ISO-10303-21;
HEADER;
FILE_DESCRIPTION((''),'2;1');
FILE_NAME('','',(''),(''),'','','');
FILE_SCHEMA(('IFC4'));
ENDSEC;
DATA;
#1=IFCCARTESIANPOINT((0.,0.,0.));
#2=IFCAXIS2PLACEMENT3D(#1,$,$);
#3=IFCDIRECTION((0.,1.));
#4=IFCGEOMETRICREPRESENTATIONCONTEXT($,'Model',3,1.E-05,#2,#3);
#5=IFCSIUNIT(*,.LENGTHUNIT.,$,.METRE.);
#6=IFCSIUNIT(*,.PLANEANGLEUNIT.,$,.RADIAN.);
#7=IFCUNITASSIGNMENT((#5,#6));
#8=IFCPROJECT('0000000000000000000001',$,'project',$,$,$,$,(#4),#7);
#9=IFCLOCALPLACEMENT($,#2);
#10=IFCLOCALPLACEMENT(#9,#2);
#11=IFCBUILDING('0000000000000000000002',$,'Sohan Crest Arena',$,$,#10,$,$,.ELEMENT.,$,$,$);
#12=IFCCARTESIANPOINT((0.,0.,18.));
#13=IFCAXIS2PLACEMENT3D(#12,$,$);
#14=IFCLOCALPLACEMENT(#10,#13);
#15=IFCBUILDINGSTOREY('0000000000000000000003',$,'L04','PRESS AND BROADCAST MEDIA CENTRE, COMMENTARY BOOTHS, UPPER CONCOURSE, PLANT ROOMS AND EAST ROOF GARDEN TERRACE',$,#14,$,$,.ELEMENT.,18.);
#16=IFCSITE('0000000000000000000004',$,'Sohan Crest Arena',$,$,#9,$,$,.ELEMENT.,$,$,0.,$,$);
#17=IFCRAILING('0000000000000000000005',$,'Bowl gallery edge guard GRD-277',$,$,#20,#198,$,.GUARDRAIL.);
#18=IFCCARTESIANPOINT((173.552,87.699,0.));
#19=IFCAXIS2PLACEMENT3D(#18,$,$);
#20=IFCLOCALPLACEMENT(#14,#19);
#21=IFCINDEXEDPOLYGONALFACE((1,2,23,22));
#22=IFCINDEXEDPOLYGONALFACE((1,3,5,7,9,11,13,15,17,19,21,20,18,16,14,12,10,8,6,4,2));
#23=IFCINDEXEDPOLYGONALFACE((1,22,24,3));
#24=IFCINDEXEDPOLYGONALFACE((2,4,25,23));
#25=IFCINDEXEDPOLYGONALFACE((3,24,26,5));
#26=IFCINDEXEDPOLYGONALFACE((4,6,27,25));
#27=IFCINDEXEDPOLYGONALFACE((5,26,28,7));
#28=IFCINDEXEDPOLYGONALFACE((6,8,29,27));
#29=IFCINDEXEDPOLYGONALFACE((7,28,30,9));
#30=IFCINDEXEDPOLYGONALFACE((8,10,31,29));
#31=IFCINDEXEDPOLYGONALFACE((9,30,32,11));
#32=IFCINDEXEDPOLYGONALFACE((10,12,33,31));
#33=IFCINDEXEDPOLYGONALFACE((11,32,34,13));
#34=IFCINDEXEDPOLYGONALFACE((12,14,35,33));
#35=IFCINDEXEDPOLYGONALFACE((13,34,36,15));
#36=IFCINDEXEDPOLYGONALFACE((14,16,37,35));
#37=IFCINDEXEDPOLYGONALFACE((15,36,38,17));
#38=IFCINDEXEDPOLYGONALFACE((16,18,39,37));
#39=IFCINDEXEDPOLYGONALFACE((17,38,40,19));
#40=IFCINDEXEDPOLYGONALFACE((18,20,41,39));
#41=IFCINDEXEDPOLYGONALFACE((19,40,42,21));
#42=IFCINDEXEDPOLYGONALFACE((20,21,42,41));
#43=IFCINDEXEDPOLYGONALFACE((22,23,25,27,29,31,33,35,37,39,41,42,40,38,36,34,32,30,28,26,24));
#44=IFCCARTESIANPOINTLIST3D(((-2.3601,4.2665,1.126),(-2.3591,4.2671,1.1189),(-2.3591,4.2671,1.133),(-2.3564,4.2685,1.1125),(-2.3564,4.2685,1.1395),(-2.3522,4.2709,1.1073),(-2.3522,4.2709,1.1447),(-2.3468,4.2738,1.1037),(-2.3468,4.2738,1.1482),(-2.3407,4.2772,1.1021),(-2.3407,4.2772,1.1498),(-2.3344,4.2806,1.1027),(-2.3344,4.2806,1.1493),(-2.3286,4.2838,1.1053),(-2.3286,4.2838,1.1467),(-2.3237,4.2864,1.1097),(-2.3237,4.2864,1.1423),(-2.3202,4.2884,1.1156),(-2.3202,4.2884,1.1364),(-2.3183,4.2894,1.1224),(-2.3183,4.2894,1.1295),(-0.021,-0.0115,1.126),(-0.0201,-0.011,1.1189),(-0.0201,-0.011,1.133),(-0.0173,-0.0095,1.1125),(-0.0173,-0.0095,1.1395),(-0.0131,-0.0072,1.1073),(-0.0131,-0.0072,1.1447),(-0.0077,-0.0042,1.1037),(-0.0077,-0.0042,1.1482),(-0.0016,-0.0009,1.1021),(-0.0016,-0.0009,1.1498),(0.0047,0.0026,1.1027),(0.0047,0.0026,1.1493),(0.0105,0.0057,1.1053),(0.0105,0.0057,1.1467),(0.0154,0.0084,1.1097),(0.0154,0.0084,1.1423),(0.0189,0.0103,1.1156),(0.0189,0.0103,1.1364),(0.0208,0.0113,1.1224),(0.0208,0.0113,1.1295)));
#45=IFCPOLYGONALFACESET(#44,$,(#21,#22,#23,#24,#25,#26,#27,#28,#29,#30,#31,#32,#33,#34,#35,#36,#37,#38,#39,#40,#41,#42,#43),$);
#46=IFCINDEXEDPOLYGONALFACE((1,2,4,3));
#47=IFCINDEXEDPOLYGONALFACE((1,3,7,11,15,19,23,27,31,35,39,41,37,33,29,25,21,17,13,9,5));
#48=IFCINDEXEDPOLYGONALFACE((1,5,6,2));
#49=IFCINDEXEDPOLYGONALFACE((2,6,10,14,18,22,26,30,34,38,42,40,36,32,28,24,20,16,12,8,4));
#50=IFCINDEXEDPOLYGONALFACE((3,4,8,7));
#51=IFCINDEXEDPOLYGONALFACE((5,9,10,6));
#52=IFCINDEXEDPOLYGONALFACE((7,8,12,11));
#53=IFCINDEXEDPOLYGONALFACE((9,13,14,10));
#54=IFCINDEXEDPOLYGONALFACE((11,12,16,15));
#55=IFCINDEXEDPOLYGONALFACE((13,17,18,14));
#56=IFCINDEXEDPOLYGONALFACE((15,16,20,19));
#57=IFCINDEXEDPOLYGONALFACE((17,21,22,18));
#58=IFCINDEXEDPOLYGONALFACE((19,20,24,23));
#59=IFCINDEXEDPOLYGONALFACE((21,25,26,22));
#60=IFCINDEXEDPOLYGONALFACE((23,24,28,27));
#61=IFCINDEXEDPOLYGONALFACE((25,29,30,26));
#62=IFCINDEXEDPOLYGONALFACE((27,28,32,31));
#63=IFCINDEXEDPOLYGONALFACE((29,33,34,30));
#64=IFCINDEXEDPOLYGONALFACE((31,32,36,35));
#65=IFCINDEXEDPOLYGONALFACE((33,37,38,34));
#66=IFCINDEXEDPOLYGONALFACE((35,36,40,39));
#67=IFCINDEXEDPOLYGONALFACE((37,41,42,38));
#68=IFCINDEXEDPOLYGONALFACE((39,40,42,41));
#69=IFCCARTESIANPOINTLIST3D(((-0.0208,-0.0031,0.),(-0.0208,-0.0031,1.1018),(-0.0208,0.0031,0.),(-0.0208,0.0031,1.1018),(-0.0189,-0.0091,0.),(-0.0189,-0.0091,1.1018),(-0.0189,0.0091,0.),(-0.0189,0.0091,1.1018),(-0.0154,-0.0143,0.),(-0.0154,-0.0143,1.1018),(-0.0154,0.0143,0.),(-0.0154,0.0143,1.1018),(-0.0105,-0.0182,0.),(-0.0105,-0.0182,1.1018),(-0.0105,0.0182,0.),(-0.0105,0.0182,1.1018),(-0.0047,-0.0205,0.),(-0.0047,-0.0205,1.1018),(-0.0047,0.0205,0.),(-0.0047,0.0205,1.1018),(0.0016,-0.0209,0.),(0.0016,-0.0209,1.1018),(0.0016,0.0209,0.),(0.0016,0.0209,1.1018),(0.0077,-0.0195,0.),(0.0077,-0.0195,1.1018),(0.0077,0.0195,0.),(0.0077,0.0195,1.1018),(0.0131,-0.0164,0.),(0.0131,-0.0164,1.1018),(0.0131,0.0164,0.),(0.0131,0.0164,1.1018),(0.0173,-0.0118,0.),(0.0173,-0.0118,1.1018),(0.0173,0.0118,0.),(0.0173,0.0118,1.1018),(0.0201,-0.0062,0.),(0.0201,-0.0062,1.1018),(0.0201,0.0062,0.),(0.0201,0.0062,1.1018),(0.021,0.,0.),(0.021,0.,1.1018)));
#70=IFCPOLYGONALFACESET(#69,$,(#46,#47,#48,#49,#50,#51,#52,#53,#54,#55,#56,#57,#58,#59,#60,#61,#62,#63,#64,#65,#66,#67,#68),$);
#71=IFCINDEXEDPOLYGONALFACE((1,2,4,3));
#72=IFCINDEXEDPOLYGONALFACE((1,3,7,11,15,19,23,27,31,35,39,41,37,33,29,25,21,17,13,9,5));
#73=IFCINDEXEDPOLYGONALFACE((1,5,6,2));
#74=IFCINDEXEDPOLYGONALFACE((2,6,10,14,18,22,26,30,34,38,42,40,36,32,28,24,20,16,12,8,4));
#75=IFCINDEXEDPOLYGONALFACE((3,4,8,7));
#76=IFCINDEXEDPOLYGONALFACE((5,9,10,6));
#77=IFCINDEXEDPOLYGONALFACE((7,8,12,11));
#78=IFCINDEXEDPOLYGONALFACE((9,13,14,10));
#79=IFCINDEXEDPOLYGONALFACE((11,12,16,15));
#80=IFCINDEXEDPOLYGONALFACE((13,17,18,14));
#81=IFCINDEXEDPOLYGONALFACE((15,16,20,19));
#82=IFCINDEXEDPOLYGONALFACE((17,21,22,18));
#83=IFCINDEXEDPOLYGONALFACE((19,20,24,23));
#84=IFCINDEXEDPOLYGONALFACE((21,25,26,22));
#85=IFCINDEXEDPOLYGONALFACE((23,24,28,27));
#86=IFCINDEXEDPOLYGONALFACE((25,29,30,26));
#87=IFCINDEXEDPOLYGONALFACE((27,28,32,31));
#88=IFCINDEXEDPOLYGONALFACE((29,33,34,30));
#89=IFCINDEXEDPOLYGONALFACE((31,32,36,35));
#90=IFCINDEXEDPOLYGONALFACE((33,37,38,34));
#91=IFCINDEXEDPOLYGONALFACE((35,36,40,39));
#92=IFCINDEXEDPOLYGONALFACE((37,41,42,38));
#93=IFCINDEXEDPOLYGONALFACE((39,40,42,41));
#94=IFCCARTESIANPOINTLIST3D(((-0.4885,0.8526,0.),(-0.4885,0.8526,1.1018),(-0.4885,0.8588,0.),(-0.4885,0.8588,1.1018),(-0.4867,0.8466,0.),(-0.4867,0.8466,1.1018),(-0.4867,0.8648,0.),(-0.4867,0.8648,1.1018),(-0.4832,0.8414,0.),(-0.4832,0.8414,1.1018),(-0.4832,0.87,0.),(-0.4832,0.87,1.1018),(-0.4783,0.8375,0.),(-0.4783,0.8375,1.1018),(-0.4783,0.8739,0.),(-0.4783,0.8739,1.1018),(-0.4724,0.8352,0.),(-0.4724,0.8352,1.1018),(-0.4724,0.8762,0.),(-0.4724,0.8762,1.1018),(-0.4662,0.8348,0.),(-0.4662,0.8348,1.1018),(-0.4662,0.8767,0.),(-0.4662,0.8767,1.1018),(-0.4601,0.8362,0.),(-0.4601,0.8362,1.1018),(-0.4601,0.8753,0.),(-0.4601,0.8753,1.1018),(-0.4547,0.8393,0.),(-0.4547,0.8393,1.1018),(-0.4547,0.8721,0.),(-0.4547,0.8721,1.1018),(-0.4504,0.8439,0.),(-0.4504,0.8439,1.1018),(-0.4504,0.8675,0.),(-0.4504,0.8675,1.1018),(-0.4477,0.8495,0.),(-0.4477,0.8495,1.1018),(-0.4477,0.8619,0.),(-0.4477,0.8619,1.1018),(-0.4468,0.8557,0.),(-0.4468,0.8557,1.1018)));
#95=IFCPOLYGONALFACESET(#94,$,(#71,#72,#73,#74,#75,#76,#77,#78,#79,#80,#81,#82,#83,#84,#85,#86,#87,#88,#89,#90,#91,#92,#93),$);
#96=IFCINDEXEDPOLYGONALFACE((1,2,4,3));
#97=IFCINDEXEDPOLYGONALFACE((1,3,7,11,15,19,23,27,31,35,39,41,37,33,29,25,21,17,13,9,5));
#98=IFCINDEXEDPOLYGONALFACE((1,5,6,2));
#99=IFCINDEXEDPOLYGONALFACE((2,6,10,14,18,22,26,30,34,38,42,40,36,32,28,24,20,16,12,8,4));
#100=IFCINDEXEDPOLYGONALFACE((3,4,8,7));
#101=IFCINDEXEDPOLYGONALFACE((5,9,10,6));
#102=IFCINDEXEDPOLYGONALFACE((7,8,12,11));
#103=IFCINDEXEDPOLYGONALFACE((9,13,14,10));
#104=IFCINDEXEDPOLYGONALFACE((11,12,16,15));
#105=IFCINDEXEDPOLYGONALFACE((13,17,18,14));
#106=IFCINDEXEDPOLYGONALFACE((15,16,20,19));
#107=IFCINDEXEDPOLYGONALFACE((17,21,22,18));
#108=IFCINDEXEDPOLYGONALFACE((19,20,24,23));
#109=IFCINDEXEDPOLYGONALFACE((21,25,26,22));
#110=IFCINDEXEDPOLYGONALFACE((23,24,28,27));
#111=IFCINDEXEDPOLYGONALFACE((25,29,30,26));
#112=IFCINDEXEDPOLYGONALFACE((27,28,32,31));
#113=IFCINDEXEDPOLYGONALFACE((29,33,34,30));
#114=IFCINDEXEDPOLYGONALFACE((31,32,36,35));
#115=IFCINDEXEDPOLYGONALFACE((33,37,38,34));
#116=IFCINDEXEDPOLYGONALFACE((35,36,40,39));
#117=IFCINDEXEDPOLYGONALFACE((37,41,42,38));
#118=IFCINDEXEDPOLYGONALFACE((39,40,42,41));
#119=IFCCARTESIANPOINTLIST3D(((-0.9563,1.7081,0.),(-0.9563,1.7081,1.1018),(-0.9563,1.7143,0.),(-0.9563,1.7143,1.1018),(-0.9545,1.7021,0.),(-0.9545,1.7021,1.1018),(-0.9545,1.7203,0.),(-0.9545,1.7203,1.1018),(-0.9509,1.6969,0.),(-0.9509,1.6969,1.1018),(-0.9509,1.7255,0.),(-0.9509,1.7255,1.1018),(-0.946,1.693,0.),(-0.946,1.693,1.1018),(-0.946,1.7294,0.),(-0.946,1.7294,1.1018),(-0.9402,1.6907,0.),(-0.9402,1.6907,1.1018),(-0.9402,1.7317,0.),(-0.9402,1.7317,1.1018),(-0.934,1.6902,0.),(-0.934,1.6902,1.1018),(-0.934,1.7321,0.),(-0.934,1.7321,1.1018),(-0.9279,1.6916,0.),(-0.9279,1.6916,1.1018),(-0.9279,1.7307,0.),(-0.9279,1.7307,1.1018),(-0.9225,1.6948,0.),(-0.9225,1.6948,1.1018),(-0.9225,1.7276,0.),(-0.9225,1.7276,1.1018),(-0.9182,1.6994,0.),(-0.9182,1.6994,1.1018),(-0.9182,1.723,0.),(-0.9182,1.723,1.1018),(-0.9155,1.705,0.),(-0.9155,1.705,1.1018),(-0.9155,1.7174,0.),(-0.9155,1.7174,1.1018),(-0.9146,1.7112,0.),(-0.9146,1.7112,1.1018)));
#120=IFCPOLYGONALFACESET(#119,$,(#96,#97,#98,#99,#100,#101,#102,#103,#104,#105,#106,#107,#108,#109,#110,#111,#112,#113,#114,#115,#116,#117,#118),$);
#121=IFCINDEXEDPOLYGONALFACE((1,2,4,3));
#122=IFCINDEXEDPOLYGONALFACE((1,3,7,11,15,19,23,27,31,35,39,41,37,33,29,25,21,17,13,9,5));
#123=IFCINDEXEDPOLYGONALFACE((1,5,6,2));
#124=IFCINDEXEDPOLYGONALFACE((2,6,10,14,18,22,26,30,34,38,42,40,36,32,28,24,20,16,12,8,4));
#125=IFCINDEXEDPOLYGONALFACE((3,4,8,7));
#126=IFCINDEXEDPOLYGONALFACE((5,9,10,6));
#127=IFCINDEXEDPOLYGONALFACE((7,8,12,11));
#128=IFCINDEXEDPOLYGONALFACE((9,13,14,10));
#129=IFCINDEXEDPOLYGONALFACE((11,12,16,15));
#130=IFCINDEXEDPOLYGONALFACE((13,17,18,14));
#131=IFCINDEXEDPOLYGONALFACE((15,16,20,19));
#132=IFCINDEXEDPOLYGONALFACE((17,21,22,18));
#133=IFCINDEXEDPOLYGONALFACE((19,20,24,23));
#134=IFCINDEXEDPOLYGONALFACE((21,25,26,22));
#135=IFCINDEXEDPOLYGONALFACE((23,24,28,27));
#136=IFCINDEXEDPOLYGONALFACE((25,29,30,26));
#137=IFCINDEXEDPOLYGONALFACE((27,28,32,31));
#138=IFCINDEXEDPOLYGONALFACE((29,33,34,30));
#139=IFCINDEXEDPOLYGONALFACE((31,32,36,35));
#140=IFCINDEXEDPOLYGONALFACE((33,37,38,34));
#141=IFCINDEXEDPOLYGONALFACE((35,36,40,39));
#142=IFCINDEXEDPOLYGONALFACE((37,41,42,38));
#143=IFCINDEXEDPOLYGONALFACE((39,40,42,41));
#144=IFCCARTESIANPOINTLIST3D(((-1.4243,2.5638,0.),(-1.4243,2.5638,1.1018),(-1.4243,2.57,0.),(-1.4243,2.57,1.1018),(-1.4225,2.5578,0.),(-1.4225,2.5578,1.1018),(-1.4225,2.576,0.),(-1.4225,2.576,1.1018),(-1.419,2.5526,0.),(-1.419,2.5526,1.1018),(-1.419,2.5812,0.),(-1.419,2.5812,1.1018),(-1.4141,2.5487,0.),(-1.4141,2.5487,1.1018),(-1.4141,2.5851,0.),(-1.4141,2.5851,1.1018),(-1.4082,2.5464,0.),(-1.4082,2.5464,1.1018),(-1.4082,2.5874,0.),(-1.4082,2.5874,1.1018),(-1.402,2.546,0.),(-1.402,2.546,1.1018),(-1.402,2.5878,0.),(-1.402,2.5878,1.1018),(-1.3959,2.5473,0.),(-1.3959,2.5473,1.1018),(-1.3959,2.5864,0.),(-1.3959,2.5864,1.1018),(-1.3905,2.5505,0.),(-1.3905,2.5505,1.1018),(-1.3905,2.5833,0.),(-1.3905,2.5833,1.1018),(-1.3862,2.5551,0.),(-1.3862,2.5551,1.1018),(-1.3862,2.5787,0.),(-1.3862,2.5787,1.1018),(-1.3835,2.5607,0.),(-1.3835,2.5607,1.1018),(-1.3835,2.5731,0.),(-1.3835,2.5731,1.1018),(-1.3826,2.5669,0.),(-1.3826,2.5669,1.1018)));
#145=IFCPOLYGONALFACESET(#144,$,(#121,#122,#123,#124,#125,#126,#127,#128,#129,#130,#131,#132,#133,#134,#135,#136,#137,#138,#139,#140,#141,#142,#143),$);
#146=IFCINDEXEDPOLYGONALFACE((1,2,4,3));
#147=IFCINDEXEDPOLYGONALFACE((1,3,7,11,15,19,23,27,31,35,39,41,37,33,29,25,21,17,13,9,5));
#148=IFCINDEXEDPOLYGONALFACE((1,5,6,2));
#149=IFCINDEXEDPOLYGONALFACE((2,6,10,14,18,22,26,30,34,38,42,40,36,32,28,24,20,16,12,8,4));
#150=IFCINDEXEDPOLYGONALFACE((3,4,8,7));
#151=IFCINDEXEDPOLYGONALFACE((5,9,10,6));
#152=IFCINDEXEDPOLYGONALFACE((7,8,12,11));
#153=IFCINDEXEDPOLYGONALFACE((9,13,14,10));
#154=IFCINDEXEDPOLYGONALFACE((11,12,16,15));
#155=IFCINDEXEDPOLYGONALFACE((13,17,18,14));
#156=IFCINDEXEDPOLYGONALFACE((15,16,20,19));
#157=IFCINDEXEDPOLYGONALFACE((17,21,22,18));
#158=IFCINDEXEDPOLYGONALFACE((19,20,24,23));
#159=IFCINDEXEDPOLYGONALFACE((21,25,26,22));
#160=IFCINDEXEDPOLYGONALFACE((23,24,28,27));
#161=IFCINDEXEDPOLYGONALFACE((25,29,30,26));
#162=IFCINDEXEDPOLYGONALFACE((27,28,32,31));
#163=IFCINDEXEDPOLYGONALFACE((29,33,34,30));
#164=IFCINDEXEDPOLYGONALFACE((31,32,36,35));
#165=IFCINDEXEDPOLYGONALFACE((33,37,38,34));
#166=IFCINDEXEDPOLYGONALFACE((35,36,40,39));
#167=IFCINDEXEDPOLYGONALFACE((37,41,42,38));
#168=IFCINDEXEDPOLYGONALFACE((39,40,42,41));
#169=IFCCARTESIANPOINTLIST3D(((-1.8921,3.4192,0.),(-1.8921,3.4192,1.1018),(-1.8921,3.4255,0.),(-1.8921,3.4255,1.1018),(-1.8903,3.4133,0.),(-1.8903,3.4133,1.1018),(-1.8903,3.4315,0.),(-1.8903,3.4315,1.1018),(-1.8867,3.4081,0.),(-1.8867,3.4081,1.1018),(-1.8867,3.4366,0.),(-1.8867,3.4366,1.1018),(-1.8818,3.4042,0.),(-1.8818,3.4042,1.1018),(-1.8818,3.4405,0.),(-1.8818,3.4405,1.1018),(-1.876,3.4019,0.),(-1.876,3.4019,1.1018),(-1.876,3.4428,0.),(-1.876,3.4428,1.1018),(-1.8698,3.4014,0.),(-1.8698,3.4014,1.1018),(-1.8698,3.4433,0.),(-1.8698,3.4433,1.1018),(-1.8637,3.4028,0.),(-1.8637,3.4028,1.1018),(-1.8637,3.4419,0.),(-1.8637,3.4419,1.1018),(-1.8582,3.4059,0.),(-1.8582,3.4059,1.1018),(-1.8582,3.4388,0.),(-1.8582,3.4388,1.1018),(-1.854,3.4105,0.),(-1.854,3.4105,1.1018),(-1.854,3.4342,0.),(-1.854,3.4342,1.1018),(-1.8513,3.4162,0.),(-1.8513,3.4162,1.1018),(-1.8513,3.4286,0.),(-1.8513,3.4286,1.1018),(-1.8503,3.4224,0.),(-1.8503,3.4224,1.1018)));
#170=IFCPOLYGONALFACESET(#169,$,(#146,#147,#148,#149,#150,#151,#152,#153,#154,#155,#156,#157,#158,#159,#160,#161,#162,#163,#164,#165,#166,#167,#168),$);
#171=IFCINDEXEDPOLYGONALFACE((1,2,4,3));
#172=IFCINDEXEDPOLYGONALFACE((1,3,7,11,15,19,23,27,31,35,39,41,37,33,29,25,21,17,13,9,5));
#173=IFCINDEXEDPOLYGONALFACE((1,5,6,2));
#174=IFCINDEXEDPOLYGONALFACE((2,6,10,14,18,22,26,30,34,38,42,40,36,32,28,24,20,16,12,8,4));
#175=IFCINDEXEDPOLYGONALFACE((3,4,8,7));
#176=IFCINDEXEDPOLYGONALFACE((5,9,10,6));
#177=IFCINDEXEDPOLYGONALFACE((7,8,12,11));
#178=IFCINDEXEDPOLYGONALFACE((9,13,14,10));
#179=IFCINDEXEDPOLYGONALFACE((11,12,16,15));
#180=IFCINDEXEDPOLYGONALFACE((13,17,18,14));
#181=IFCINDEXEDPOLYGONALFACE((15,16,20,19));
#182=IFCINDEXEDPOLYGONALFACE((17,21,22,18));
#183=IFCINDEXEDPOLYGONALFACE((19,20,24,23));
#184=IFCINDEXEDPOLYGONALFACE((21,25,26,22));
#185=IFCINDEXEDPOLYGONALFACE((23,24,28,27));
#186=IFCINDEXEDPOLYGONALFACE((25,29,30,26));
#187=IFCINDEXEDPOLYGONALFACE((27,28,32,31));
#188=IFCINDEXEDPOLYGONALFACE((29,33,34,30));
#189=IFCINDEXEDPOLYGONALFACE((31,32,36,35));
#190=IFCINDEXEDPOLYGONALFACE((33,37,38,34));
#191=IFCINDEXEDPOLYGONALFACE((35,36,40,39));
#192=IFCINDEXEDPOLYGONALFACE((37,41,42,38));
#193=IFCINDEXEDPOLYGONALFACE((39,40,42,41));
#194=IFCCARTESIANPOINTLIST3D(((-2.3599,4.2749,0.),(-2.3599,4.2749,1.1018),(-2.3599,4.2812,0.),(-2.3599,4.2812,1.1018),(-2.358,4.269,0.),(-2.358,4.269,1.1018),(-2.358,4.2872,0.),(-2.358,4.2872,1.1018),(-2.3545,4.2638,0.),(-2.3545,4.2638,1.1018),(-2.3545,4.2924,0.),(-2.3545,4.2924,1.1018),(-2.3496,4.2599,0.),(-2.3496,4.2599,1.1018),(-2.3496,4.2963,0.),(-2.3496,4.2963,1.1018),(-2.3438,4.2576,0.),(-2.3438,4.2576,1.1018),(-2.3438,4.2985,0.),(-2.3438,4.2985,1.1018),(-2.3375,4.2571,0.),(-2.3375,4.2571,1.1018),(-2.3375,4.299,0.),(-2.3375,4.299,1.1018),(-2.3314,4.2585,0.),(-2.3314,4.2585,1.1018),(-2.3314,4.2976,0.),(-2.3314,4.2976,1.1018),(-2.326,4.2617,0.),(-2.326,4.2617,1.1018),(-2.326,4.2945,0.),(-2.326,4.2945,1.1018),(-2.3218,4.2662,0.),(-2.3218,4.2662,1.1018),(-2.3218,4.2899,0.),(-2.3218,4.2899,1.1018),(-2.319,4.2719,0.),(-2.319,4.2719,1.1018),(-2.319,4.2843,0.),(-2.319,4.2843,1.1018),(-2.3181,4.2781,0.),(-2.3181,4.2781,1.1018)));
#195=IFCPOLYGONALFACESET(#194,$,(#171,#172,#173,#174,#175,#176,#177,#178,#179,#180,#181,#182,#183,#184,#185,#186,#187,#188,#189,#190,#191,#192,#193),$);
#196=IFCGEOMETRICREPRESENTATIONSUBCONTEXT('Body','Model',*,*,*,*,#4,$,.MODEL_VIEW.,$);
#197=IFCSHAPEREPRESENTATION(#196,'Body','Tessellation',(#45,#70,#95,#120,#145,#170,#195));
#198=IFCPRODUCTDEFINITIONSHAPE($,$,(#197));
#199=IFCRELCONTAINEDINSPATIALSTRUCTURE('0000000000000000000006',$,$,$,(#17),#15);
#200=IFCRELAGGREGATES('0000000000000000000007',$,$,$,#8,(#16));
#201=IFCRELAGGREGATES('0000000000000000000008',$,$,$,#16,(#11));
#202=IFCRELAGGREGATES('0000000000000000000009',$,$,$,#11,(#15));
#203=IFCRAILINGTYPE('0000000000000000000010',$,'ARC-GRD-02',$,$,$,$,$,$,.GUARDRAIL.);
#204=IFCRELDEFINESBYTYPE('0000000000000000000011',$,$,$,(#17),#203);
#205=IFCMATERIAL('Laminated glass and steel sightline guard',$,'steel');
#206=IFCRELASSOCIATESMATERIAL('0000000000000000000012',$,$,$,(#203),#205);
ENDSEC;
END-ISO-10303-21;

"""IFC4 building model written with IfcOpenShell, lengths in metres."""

from ifc_helpers import new_model, si_unit, direction, frame, origin, origin_2d, place, context, subcontext, project, spatial, circle, extrude, material, type_object, element, save


model = new_model("IFC4")

# Units and contexts
model_context = context("Model", 3, precision=1e-05, world=origin(), true_north=direction((0.0, 1.0)))
body_context = subcontext(model_context, "Body", "Model", "MODEL_VIEW")
ifc_project = project(units=[si_unit("LENGTHUNIT", "METRE"), si_unit("PLANEANGLEUNIT", "RADIAN")], contexts=[model_context])

# Site, building, storey
site_placement = place(None, origin())
site = spatial("IfcSite", under=ifc_project, at=site_placement, Name="Sohan Crest Arena", CompositionType="ELEMENT", RefElevation=0.0)
building_placement = place(site_placement, origin())
building = spatial("IfcBuilding", under=site, at=building_placement, Name="Sohan Crest Arena", CompositionType="ELEMENT")
storey_placement = place(building_placement, frame((0.0, 0.0, 18.0)))
storey = spatial("IfcBuildingStorey", under=building, at=storey_placement, Name="L04", Description="PRESS AND BROADCAST MEDIA CENTRE, COMMENTARY BOOTHS, UPPER CONCOURSE, PLANT ROOMS AND EAST ROOF GARDEN TERRACE", CompositionType="ELEMENT", Elevation=18.0)

# Railing
ifc_material_1 = material(Name="Laminated glass and steel sightline guard", Category="steel")
railing_type = type_object("IfcRailingType", Name="ARC-GRD-02", PredefinedType="GUARDRAIL", material=ifc_material_1)
railing_1_placement = place(storey_placement, frame((173.552, 87.699, 0.0)))
element("IfcRailing", 1, at=railing_1_placement, inside=storey, type_object=railing_type, Name="Bowl gallery edge guard GRD-277", PredefinedType="GUARDRAIL", context=body_context, shape_type="SweptSolid", body=[
    extrude(circle(Radius=0.0239, at=origin_2d()), frame((0.0, 0.0, 1.126), z_axis=(-0.479739, 0.877411, 0.0), x_axis=(-0.877411, -0.479739, 0.0)), (0.0, 0.0, 1.0), 4.8757),
    extrude(circle(Radius=0.021, at=origin_2d()), origin(), (0.0, 0.0, 1.0), 1.1018),
    extrude(circle(Radius=0.021, at=origin_2d()), frame((-0.4678, 0.8557, 0.0)), (0.0, 0.0, 1.0), 1.1018),
    extrude(circle(Radius=0.021, at=origin_2d()), frame((-0.9355, 1.7112, 0.0)), (0.0, 0.0, 1.0), 1.1018),
    extrude(circle(Radius=0.021, at=origin_2d()), frame((-1.4036, 2.5669, 0.0)), (0.0, 0.0, 1.0), 1.1018),
    extrude(circle(Radius=0.021, at=origin_2d()), frame((-1.8713, 3.4224, 0.0)), (0.0, 0.0, 1.0), 1.1018),
    extrude(circle(Radius=0.021, at=origin_2d()), frame((-2.3391, 4.2781, 0.0)), (0.0, 0.0, 1.0), 1.1018),
])

save(model, "model.ifc")
